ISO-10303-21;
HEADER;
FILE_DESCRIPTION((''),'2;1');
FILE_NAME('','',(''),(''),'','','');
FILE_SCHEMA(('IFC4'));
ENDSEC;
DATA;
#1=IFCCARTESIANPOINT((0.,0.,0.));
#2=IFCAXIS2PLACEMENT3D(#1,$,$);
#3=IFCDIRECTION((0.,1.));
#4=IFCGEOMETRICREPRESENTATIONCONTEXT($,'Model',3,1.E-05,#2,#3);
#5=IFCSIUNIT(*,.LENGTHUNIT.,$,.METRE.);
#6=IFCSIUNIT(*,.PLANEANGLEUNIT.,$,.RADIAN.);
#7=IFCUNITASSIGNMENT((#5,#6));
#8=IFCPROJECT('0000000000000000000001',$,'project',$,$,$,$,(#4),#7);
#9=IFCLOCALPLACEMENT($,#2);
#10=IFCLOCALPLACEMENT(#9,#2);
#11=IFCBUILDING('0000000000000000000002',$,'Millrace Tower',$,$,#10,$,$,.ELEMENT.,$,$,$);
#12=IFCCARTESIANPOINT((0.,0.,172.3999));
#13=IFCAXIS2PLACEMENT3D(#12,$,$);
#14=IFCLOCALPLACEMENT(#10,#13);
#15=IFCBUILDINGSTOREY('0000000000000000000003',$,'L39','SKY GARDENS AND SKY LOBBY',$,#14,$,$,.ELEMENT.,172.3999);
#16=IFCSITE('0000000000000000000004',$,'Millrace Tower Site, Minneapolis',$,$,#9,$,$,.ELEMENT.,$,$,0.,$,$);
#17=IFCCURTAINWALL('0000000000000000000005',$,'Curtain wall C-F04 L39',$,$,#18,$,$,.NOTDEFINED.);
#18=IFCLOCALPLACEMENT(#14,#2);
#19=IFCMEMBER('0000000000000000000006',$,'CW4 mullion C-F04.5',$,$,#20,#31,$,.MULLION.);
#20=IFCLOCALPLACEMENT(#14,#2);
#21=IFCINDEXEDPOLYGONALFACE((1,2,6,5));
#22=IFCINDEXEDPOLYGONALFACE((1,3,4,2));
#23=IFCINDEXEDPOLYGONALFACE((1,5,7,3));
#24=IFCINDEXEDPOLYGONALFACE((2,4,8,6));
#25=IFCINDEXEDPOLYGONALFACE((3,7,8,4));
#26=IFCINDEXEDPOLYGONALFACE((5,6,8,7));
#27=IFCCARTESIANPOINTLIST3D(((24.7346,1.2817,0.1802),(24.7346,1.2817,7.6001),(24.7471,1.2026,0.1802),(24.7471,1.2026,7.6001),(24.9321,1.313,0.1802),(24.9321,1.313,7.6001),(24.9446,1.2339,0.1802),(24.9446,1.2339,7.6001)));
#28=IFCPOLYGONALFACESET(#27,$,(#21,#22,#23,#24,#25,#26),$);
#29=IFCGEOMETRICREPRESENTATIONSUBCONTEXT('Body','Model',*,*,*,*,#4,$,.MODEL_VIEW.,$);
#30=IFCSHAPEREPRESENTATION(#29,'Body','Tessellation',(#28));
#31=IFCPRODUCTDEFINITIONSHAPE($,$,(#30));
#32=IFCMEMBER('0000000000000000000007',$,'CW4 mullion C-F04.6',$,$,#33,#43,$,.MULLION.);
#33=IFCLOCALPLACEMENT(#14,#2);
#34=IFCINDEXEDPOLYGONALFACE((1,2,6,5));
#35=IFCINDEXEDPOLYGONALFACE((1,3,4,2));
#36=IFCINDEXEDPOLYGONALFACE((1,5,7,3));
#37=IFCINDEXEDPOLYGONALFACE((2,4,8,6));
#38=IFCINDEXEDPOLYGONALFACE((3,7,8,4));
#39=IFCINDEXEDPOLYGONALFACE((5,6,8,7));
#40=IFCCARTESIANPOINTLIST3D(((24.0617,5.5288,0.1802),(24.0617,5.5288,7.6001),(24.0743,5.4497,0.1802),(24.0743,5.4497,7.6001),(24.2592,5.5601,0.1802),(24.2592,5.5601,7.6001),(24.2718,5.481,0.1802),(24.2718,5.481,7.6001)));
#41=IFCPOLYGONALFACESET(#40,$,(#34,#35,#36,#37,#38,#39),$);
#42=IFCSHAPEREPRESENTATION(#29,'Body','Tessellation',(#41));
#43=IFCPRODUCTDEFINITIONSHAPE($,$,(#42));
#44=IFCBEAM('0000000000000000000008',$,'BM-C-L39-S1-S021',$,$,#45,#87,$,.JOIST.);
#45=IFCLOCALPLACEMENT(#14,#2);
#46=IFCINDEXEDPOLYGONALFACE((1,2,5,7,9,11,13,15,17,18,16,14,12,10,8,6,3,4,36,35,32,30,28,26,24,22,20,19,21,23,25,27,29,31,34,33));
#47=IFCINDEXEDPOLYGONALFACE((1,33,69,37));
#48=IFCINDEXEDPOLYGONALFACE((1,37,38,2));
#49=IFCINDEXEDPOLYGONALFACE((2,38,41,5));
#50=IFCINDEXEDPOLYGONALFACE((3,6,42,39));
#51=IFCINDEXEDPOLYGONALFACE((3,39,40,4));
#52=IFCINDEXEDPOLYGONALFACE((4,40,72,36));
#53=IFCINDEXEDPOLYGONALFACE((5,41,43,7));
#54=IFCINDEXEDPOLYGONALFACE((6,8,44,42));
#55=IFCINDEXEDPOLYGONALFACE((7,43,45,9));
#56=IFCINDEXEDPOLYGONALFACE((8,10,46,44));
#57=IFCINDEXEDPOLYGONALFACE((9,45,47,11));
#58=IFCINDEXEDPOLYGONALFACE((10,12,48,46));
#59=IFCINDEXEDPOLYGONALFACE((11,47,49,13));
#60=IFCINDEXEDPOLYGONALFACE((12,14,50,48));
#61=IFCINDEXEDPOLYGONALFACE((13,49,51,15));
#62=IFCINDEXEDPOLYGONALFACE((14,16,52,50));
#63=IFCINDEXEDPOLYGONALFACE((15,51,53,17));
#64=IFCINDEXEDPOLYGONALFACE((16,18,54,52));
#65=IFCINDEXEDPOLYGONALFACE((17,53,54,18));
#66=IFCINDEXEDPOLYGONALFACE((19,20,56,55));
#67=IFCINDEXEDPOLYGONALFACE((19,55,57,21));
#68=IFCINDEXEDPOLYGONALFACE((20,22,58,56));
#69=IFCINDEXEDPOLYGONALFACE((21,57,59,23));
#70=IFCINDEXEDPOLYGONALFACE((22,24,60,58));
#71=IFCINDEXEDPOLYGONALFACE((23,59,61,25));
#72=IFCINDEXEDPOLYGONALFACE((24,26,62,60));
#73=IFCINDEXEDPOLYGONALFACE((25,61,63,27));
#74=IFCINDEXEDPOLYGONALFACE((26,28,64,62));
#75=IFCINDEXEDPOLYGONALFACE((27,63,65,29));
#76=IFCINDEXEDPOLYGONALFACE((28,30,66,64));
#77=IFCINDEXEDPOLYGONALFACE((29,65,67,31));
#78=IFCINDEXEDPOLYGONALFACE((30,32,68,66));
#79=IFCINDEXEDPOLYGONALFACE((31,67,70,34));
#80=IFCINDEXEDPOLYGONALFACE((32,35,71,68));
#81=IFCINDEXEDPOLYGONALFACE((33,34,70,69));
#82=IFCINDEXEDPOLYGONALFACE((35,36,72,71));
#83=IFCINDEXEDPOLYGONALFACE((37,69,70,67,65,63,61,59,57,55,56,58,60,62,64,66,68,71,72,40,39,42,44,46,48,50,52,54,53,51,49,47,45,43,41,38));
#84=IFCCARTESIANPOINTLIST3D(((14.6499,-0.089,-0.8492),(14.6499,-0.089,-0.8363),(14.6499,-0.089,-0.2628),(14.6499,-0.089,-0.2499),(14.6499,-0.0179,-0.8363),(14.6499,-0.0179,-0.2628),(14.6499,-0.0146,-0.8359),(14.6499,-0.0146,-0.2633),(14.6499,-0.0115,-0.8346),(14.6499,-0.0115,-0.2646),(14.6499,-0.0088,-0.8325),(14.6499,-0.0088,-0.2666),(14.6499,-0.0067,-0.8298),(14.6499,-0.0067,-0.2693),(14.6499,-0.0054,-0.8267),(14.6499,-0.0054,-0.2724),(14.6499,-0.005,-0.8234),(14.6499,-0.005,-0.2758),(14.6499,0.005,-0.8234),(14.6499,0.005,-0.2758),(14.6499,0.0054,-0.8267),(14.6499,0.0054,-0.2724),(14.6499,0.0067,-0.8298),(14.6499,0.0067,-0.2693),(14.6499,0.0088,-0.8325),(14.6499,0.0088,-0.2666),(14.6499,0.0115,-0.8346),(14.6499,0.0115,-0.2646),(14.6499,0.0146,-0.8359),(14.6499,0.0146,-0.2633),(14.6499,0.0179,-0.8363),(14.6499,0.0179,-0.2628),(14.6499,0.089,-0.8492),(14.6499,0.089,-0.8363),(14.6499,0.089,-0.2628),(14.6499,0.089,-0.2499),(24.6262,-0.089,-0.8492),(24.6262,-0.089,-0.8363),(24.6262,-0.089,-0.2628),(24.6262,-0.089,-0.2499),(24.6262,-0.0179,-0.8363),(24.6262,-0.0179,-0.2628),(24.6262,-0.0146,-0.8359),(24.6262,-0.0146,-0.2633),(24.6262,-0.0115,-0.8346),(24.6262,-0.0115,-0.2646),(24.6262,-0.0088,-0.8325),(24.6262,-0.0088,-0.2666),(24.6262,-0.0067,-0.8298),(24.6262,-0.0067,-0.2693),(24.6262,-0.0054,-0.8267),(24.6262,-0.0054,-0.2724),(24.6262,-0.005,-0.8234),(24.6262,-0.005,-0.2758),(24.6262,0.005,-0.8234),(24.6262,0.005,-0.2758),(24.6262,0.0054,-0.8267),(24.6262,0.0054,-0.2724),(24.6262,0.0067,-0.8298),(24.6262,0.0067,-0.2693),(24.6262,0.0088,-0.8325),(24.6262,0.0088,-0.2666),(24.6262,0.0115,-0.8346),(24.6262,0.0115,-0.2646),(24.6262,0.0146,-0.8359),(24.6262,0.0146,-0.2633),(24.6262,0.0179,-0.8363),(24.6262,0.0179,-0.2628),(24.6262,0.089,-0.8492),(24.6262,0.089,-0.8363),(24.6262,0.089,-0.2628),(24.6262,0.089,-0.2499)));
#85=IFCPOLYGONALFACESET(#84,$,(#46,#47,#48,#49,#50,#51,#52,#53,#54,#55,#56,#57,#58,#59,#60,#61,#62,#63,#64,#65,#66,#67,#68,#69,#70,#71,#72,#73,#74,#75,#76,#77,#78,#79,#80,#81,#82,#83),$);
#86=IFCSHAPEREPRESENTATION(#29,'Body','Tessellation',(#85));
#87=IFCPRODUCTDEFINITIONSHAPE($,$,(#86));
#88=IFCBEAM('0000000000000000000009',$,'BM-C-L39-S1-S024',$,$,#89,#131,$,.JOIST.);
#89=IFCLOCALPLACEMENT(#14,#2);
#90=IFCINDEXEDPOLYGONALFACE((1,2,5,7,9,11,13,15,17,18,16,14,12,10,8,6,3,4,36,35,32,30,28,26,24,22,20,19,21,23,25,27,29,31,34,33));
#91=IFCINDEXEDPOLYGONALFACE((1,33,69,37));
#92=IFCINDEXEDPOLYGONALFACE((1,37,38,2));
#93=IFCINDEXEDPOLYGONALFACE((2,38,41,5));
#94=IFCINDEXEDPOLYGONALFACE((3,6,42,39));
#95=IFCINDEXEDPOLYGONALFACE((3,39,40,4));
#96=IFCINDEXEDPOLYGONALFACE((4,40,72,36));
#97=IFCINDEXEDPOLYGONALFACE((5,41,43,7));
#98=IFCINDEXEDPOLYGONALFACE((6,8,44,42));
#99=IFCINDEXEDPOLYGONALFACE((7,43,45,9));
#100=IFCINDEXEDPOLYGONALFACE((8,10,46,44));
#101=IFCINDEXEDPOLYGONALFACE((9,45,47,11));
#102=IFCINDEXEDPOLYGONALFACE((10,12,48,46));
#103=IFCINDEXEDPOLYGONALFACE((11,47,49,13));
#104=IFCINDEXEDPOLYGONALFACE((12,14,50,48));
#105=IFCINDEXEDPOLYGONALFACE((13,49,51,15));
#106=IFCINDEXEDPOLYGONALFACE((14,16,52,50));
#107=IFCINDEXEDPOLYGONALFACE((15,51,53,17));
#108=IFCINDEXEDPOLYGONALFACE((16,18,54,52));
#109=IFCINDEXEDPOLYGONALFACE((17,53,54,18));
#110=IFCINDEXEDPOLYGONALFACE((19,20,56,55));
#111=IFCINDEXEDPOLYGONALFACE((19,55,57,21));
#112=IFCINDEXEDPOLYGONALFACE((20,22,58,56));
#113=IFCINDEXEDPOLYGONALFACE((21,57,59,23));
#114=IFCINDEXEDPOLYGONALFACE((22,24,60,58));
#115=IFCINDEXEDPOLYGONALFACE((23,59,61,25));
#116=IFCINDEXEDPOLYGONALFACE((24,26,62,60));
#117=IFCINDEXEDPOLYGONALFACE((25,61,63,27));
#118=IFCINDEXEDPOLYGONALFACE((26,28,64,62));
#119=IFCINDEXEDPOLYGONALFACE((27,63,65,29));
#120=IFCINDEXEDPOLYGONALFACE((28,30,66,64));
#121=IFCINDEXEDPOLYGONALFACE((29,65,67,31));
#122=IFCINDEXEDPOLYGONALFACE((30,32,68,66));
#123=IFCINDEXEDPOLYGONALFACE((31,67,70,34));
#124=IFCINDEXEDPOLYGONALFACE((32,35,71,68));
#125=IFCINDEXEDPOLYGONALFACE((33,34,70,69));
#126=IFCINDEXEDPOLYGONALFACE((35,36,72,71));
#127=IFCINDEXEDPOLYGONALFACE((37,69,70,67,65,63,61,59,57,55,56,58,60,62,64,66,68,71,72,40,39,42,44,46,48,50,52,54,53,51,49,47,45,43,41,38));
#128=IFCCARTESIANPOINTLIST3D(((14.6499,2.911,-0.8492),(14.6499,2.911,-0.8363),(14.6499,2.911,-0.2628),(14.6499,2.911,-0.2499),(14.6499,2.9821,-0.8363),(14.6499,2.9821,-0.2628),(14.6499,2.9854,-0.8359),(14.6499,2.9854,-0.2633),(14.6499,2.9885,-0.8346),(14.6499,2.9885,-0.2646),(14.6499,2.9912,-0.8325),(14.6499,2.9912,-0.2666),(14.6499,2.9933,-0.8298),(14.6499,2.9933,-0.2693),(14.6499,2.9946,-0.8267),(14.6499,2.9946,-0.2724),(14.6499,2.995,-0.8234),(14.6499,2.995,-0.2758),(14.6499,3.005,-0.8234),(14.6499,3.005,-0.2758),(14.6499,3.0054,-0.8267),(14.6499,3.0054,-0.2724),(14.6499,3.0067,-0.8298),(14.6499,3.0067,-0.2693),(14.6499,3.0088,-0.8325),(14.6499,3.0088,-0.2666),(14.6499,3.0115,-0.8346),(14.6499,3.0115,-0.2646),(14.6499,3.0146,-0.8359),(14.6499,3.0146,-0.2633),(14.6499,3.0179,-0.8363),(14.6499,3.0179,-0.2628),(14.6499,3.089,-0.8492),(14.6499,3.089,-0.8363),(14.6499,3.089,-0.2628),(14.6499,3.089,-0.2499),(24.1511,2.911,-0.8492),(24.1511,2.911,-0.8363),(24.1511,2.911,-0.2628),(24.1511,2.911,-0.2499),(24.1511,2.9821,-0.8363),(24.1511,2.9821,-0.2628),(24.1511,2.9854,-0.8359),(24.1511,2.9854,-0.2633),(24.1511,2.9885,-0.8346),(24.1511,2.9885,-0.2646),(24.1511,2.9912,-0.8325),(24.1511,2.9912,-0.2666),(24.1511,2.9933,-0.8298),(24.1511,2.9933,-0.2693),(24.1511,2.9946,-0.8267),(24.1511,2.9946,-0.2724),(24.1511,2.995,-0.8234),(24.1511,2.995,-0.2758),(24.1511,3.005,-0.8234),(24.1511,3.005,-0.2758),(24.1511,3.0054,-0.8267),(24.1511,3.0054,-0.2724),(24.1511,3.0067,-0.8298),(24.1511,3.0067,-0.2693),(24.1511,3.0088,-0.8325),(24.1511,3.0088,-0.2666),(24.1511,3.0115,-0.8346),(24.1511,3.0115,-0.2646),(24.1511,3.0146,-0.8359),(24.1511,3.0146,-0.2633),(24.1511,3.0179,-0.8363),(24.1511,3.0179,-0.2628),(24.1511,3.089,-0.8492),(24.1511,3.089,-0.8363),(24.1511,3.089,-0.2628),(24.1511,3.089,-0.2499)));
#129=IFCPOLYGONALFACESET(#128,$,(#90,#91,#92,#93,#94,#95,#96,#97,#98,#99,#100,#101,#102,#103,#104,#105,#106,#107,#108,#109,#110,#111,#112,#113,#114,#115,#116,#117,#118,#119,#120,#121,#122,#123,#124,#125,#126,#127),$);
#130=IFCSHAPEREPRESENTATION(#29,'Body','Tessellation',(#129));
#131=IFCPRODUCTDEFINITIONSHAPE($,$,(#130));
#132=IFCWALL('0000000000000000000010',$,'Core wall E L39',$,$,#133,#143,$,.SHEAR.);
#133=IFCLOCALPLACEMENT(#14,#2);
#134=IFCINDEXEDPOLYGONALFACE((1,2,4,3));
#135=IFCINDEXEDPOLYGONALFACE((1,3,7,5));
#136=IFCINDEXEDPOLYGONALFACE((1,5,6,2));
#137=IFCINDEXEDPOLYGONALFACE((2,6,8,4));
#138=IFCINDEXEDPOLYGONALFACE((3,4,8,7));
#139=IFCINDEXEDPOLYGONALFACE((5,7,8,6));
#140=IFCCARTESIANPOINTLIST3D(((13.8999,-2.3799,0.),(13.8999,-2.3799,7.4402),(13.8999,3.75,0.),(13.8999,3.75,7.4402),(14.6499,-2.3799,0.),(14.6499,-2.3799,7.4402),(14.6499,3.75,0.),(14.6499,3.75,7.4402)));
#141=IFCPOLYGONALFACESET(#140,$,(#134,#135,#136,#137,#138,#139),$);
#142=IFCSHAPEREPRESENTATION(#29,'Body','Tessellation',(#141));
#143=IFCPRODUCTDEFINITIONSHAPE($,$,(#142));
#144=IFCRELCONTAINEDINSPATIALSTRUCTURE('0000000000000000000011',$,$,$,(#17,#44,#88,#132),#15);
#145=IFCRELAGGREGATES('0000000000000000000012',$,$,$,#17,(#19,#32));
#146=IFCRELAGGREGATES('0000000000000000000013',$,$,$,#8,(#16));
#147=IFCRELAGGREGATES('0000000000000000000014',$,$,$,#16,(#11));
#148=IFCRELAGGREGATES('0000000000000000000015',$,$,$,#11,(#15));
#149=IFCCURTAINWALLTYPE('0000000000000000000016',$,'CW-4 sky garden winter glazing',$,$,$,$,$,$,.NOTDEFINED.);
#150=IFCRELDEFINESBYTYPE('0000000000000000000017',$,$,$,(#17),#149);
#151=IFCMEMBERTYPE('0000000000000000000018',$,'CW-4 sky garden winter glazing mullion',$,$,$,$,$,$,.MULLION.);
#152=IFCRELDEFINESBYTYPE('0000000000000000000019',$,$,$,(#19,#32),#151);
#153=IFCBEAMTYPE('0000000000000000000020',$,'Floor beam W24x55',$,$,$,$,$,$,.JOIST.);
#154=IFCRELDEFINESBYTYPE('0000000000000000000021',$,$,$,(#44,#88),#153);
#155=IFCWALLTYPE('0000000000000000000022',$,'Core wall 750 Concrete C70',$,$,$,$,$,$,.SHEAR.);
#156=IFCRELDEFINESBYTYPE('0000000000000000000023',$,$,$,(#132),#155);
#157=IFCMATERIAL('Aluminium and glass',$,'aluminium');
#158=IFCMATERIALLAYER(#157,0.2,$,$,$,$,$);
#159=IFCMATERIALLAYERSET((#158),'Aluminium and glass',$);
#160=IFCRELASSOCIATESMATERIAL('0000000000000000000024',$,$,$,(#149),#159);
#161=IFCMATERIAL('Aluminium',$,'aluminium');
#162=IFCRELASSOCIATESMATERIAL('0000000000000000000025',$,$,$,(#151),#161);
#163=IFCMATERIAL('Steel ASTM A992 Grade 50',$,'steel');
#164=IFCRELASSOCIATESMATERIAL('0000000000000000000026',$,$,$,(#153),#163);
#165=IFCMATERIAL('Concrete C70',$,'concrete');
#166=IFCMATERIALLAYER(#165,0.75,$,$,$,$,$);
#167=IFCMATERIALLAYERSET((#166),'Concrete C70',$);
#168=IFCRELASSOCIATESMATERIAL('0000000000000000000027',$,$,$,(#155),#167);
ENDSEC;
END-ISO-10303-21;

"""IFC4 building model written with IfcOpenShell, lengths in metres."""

from ifc_helpers import new_model, si_unit, direction, frame, frame_2d, origin, origin_2d, place, context, subcontext, project, spatial, rectangle, i_section, extrude, material, layer, layer_set, material_profile, profile_set, type_object, element, aggregate, save


model = new_model("IFC4")

# Units and contexts
model_context = context("Model", 3, precision=1e-05, world=origin(), true_north=direction((0.0, 1.0)))
body_context = subcontext(model_context, "Body", "Model", "MODEL_VIEW")
ifc_project = project(units=[si_unit("LENGTHUNIT", "METRE"), si_unit("PLANEANGLEUNIT", "RADIAN")], contexts=[model_context])

# Site, building, storey
site_placement = place(None, origin())
site = spatial("IfcSite", under=ifc_project, at=site_placement, Name="Millrace Tower Site, Minneapolis", CompositionType="ELEMENT", RefElevation=0.0)
building_placement = place(site_placement, origin())
building = spatial("IfcBuilding", under=site, at=building_placement, Name="Millrace Tower", CompositionType="ELEMENT")
storey_placement = place(building_placement, frame((0.0, 0.0, 172.3999)))
storey = spatial("IfcBuildingStorey", under=building, at=storey_placement, Name="L39", Description="SKY GARDENS AND SKY LOBBY", CompositionType="ELEMENT", Elevation=172.3999)

# Curtain wall, members
ifc_material_1 = material(Name="Aluminium and glass", Category="aluminium")
ifc_layer_1 = layer(ifc_material_1, 0.2)
ifc_layer_set_1 = layer_set([ifc_layer_1], Name="Aluminium and glass")
curtain_wall_type = type_object("IfcCurtainWallType", Name="CW-4 sky garden winter glazing", PredefinedType="NOTDEFINED", material=ifc_layer_set_1)
curtain_wall_placement = place(storey_placement, origin())
curtain_wall = element("IfcCurtainWall", 1, at=curtain_wall_placement, inside=storey, type_object=curtain_wall_type, Name="Curtain wall C-F04 L39", PredefinedType="NOTDEFINED")
ifc_material_2 = material(Name="Aluminium", Category="aluminium")
ifc_material_profile_1 = material_profile(ifc_material_2, rectangle(XDim=0.0801, YDim=0.2, at=origin_2d()))
ifc_profile_set_1 = profile_set([ifc_material_profile_1], Name="Aluminium")
member_type = type_object("IfcMemberType", Name="CW-4 sky garden winter glazing mullion", PredefinedType="MULLION", material=ifc_profile_set_1)
member_1_placement = place(storey_placement, frame((24.8396, 1.2578, 0.1802), z_axis=(0.0, 0.0, 1.0), x_axis=(-0.156434, 0.987688, 0.0)))
member_1 = element("IfcMember", 2, at=member_1_placement, type_object=member_type, Name="CW4 mullion C-F04.5", PredefinedType="MULLION", context=body_context, shape_type="SweptSolid", body=[
    extrude(rectangle(XDim=0.0801, YDim=0.2, at=origin_2d()), origin(), (0.0, 0.0, 1.0), 7.4199),
])
member_2_placement = place(storey_placement, frame((24.1667, 5.5049, 0.1802), z_axis=(0.0, 0.0, 1.0), x_axis=(-0.156434, 0.987688, 0.0)))
member_2 = element("IfcMember", 3, at=member_2_placement, type_object=member_type, Name="CW4 mullion C-F04.6", PredefinedType="MULLION", context=body_context, shape_type="SweptSolid", body=[
    extrude(rectangle(XDim=0.0801, YDim=0.2, at=origin_2d()), origin(), (0.0, 0.0, 1.0), 7.4199),
])
aggregate(curtain_wall, [member_1, member_2])

# Beams
ifc_material_3 = material(Name="Steel ASTM A992 Grade 50", Category="steel")
ifc_material_profile_2 = material_profile(ifc_material_3, i_section(OverallWidth=0.178, OverallDepth=0.5994, WebThickness=0.01, FlangeThickness=0.0129, FilletRadius=0.0129, at=origin_2d()))
ifc_profile_set_2 = profile_set([ifc_material_profile_2], Name="Steel ASTM A992 Grade 50")
beam_type = type_object("IfcBeamType", Name="Floor beam W24x55", PredefinedType="JOIST", material=ifc_profile_set_2)
beam_1_placement = place(storey_placement, frame((14.6499, 0.0, -0.5496), z_axis=(1.0, 0.0, 0.0), x_axis=(0.0, 1.0, 0.0)))
element("IfcBeam", 4, at=beam_1_placement, inside=storey, type_object=beam_type, Name="BM-C-L39-S1-S021", PredefinedType="JOIST", context=body_context, shape_type="SweptSolid", body=[
    extrude(i_section(OverallWidth=0.178, OverallDepth=0.5994, WebThickness=0.01, FlangeThickness=0.0129, FilletRadius=0.0129, at=origin_2d()), origin(), (0.0, 0.0, 1.0), 9.9763),
])
beam_2_placement = place(storey_placement, frame((14.6499, 3.0, -0.5496), z_axis=(1.0, 0.0, 0.0), x_axis=(0.0, 1.0, 0.0)))
element("IfcBeam", 5, at=beam_2_placement, inside=storey, type_object=beam_type, Name="BM-C-L39-S1-S024", PredefinedType="JOIST", context=body_context, shape_type="SweptSolid", body=[
    extrude(i_section(OverallWidth=0.178, OverallDepth=0.5994, WebThickness=0.01, FlangeThickness=0.0129, FilletRadius=0.0129, at=origin_2d()), origin(), (0.0, 0.0, 1.0), 9.5012),
])

# Wall
ifc_material_4 = material(Name="Concrete C70", Category="concrete")
ifc_layer_2 = layer(ifc_material_4, 0.75)
ifc_layer_set_2 = layer_set([ifc_layer_2], Name="Concrete C70")
wall_type_1 = type_object("IfcWallType", Name="Core wall 750 Concrete C70", PredefinedType="SHEAR", material=ifc_layer_set_2)
wall_1_placement = place(storey_placement, frame((14.2749, 3.75, 0.0), z_axis=(0.0, 0.0, 1.0), x_axis=(0.0, -1.0, 0.0)))
element("IfcWall", 6, at=wall_1_placement, inside=storey, type_object=wall_type_1, Name="Core wall E L39", PredefinedType="SHEAR", context=body_context, shape_type="SweptSolid", body=[
    extrude(rectangle(XDim=6.1299, YDim=0.75, at=frame_2d((3.0649, 0.0))), origin(), (0.0, 0.0, 1.0), 7.4402),
])

save(model, "model.ifc")
